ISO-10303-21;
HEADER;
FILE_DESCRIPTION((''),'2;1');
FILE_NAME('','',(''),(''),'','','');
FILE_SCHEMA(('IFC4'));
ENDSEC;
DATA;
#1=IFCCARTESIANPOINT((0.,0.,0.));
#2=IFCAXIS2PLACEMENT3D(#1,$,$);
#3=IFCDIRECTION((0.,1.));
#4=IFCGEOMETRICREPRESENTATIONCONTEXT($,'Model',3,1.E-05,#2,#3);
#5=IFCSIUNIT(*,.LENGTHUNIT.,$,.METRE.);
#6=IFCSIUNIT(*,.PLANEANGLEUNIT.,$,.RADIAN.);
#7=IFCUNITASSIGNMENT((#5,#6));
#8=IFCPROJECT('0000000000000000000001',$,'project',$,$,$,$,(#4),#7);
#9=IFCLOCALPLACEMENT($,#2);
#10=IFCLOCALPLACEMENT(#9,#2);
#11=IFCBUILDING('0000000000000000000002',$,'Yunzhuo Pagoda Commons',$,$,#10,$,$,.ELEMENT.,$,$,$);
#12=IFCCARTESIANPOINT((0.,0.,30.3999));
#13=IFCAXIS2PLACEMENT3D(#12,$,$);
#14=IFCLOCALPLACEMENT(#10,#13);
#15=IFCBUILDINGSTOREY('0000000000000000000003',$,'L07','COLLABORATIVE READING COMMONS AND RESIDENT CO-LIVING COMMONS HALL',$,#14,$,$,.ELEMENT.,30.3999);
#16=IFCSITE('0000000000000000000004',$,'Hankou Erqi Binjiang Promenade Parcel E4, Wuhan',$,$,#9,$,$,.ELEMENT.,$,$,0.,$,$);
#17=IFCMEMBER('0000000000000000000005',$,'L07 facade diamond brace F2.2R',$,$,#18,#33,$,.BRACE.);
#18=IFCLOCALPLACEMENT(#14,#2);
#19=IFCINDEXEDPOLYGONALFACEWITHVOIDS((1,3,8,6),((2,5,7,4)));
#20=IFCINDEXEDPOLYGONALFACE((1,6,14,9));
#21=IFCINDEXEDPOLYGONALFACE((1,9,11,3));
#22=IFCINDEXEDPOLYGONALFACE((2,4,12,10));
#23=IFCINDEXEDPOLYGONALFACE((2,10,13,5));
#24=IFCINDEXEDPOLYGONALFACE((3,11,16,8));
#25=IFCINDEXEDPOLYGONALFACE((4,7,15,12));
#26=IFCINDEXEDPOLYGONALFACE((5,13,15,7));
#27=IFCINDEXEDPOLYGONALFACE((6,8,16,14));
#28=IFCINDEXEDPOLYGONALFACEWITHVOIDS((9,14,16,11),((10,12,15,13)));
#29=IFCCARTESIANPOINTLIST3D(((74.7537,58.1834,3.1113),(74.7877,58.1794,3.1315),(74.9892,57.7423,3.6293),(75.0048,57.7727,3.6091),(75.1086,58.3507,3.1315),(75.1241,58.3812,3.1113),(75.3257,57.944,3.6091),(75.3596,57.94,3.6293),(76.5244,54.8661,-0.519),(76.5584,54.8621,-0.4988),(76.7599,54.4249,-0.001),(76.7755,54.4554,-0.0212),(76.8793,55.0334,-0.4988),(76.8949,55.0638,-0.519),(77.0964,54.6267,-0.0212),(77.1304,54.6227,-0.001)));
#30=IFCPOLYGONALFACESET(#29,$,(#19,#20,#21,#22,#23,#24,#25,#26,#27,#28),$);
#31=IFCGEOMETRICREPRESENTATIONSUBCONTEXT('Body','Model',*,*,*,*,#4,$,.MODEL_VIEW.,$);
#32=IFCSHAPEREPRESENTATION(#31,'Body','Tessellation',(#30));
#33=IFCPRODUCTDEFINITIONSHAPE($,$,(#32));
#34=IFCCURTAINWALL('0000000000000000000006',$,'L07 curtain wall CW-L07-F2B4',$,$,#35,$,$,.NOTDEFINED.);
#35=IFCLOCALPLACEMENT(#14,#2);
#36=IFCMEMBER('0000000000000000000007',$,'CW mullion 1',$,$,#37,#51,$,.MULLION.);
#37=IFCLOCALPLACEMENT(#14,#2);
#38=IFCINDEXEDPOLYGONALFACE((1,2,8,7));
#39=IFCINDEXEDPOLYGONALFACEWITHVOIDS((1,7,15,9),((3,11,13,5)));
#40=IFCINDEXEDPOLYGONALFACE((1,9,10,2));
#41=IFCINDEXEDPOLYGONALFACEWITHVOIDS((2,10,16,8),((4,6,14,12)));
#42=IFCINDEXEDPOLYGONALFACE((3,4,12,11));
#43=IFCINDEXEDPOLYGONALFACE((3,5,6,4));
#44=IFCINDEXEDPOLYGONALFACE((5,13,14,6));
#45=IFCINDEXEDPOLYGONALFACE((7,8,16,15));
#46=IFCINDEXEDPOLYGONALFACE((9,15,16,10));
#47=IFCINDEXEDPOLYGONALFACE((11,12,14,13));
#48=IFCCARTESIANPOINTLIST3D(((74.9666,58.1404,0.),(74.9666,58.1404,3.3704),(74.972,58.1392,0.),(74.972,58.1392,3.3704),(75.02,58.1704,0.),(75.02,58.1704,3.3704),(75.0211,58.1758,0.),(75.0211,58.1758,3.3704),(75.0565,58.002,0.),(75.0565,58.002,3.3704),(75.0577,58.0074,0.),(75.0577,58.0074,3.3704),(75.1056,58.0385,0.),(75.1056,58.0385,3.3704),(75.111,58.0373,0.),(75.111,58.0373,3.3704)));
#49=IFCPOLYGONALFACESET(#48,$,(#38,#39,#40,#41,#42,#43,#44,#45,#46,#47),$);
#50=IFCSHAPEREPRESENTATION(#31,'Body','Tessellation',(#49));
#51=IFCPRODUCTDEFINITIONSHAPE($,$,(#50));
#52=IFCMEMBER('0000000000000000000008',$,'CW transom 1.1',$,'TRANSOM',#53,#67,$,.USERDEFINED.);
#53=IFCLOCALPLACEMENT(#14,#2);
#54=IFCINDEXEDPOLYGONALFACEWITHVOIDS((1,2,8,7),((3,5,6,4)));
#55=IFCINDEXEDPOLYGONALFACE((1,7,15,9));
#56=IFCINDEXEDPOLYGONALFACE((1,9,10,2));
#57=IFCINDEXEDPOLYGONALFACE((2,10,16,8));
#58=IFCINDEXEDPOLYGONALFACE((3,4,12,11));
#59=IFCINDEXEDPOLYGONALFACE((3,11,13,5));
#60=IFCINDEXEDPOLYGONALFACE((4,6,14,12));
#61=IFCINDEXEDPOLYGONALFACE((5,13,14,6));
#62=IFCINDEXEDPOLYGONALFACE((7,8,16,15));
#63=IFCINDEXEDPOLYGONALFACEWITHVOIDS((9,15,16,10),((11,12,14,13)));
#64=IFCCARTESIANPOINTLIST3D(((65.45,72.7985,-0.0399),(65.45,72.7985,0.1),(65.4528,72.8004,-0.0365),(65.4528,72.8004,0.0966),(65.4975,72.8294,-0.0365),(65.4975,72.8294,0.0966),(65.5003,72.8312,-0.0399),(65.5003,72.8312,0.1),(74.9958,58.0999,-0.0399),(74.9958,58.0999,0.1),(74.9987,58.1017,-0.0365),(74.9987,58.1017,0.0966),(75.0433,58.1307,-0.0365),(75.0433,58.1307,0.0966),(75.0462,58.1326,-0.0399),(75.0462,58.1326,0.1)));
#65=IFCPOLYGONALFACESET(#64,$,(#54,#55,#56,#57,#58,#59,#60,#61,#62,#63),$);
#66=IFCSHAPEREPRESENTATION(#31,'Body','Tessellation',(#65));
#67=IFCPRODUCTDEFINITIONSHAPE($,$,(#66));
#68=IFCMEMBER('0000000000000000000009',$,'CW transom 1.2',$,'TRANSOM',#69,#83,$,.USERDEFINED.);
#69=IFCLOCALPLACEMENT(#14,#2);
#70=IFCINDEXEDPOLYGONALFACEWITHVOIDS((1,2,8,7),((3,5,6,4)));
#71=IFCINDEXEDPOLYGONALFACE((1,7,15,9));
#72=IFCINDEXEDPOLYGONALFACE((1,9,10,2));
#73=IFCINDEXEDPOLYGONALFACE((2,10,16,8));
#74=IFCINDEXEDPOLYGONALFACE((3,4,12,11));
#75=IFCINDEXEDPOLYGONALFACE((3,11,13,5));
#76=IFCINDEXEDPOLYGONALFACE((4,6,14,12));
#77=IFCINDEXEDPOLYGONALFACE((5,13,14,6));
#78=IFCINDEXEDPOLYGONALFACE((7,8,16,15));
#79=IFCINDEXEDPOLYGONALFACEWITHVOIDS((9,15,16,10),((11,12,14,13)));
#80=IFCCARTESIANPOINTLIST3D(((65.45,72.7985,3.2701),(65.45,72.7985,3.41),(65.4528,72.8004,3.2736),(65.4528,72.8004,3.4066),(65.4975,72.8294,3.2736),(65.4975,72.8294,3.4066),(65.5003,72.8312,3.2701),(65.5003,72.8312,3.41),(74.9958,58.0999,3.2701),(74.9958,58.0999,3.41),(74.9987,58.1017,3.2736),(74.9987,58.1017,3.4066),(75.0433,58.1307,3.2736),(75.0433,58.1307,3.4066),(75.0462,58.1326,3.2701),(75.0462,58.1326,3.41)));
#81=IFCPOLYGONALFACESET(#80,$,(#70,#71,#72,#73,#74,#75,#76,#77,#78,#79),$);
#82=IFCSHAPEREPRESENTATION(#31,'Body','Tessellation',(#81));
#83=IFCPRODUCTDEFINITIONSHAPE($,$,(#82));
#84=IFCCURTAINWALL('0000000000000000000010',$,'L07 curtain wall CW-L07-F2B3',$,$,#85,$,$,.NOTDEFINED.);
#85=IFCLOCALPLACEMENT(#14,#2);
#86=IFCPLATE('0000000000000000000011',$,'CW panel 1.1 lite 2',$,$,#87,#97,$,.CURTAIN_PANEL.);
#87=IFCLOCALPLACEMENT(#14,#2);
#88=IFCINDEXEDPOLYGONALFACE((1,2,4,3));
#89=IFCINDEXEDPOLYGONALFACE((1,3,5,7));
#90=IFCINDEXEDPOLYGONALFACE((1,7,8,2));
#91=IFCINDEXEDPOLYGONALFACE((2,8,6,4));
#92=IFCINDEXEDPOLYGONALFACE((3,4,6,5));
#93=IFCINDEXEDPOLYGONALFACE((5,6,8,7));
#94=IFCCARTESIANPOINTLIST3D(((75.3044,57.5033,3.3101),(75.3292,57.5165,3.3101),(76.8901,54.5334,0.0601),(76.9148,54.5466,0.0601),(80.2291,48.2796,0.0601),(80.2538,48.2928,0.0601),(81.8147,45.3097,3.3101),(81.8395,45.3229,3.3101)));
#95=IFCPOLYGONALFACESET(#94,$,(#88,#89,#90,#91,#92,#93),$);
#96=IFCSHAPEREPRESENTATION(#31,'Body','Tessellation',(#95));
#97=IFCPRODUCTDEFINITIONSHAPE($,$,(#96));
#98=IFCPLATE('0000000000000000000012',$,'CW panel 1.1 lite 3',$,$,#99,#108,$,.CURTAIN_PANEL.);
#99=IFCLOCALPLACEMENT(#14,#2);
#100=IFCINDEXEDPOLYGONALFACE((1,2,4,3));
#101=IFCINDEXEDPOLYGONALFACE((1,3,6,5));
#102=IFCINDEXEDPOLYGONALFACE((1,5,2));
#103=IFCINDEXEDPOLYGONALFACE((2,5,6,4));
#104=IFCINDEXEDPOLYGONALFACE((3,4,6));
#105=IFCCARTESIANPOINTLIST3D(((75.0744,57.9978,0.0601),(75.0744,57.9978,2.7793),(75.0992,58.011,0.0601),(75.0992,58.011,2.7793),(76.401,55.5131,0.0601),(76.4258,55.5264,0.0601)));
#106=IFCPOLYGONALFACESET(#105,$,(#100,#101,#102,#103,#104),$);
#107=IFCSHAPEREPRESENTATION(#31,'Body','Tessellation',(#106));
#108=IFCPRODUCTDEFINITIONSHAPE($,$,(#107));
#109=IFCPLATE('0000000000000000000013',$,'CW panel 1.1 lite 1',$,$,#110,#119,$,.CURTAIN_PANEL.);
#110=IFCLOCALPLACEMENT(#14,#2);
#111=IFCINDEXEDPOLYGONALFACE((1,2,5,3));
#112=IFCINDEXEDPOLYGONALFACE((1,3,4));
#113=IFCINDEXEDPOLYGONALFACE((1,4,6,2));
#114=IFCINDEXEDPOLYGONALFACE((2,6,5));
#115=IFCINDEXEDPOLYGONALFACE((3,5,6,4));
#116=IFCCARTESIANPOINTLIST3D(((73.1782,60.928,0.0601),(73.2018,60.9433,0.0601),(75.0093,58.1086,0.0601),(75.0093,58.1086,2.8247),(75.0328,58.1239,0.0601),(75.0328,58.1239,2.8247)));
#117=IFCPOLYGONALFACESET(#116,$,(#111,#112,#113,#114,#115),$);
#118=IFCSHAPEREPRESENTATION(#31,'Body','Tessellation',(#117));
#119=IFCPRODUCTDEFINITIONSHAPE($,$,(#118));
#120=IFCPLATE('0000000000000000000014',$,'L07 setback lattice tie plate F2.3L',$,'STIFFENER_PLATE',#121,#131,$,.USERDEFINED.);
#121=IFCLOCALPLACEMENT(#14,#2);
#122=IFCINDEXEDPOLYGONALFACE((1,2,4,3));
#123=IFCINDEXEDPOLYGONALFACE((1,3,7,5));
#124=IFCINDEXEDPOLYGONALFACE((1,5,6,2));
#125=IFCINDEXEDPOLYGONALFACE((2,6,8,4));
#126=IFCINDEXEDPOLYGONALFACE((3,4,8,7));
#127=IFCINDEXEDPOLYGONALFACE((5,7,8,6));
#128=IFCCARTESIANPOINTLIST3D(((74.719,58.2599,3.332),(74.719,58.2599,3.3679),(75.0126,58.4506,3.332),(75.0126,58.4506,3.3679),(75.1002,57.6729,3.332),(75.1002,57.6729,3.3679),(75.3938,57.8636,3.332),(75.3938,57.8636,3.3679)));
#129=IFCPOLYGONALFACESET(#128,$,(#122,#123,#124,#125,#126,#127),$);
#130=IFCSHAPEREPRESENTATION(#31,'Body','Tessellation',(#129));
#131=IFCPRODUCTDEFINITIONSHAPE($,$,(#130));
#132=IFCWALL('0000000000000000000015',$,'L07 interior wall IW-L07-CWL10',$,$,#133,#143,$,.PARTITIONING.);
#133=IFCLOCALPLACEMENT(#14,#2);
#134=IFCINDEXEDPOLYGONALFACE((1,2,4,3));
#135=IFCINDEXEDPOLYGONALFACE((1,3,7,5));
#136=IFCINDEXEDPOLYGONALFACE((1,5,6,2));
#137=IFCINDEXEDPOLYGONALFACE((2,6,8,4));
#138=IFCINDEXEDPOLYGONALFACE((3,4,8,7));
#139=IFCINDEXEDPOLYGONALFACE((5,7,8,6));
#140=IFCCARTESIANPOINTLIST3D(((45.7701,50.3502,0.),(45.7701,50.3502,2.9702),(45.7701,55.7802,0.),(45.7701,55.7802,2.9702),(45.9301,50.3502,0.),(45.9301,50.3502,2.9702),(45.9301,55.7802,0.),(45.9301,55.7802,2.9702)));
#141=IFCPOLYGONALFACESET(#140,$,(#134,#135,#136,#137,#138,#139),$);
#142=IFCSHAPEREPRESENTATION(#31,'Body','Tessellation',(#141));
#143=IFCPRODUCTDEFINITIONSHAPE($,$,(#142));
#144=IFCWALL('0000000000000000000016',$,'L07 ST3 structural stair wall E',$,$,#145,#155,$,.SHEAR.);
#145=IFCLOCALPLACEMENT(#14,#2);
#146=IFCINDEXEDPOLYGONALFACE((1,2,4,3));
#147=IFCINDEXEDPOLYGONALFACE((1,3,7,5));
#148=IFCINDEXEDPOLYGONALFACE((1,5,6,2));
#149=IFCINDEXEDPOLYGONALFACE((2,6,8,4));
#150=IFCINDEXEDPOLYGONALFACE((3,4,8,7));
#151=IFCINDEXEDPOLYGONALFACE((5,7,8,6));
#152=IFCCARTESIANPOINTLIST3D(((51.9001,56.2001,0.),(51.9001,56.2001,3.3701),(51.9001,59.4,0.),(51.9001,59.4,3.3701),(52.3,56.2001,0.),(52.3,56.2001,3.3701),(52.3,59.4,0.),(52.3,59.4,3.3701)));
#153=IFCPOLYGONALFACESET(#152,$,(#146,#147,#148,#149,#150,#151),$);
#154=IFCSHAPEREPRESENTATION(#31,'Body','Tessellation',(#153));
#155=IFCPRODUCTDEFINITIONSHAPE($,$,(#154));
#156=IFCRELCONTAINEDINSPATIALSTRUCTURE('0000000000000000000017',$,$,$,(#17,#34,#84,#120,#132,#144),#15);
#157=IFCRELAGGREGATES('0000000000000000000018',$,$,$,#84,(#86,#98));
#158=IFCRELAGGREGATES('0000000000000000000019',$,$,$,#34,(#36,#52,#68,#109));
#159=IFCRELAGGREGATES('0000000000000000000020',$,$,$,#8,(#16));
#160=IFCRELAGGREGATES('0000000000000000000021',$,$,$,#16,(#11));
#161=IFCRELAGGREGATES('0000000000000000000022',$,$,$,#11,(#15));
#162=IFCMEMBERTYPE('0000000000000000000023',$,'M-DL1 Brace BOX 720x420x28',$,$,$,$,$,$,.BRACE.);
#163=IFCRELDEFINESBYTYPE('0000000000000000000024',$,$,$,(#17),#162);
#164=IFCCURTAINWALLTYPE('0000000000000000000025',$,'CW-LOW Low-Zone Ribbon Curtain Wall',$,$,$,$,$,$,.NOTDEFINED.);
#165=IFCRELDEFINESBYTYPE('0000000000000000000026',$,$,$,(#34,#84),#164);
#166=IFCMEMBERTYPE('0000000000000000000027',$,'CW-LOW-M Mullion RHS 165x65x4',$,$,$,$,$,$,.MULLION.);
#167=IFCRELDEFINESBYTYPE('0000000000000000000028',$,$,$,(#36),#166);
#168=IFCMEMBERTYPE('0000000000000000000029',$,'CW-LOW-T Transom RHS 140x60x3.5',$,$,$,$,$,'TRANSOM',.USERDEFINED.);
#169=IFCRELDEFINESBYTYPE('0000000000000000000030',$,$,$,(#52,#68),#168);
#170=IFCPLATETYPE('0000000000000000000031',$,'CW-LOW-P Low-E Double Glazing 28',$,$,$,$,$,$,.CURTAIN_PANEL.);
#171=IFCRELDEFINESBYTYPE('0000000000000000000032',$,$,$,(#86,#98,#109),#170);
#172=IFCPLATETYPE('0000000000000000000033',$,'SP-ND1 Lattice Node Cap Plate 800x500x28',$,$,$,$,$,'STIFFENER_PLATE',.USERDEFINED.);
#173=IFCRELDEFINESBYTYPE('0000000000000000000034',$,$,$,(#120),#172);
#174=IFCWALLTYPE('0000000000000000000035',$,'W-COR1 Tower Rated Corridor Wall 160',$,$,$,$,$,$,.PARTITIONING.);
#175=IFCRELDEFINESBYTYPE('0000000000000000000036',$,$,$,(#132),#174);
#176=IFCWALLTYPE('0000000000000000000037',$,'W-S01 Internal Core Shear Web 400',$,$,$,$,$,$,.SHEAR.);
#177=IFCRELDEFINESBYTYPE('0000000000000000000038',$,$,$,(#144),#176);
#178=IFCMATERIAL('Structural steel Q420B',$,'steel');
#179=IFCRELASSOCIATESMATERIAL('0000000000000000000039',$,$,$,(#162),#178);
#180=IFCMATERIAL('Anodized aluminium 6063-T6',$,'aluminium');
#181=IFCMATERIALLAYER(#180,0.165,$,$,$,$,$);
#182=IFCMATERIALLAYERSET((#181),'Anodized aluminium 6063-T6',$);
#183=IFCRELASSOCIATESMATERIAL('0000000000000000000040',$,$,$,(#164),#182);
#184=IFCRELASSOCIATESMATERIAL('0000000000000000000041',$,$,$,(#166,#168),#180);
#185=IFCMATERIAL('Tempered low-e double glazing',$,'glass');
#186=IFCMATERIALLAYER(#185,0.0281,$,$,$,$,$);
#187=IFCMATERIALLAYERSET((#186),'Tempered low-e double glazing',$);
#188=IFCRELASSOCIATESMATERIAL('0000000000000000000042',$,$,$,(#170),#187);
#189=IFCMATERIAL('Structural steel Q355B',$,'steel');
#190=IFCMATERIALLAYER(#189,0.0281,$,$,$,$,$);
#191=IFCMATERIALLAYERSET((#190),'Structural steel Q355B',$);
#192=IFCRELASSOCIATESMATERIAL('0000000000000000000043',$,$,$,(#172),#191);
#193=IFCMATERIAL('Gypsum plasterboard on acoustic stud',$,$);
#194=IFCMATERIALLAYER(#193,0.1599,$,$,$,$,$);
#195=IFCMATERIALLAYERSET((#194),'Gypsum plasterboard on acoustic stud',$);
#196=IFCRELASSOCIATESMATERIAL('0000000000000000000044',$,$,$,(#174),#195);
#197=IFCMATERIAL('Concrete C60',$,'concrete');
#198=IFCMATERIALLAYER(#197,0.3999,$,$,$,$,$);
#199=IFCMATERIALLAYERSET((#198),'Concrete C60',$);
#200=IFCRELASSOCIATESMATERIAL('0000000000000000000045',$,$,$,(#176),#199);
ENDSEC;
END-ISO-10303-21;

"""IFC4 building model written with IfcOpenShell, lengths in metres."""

from ifc_helpers import new_model, si_unit, direction, frame, frame_2d, origin, origin_2d, place, context, subcontext, project, spatial, polyline, rectangle, hollow_rectangle, outline, extrude, source, transform, mapped, material, layer, layer_set, material_profile, profile_set, type_object, element, aggregate, save


model = new_model("IFC4")

# Units and contexts
model_context = context("Model", 3, precision=1e-05, world=origin(), true_north=direction((0.0, 1.0)))
body_context = subcontext(model_context, "Body", "Model", "MODEL_VIEW")
ifc_project = project(units=[si_unit("LENGTHUNIT", "METRE"), si_unit("PLANEANGLEUNIT", "RADIAN")], contexts=[model_context])

# Site, building, storey
site_placement = place(None, origin())
site = spatial("IfcSite", under=ifc_project, at=site_placement, Name="Hankou Erqi Binjiang Promenade Parcel E4, Wuhan", CompositionType="ELEMENT", RefElevation=0.0)
building_placement = place(site_placement, origin())
building = spatial("IfcBuilding", under=site, at=building_placement, Name="Yunzhuo Pagoda Commons", CompositionType="ELEMENT")
storey_placement = place(building_placement, frame((0.0, 0.0, 30.3999)))
storey = spatial("IfcBuildingStorey", under=building, at=storey_placement, Name="L07", Description="COLLABORATIVE READING COMMONS AND RESIDENT CO-LIVING COMMONS HALL", CompositionType="ELEMENT", Elevation=30.3999)

# Shared definitions
ifc_material_1 = material(Name="Structural steel Q420B", Category="steel")

# Shared definitions
ifc_material_2 = material(Name="Structural steel Q355B", Category="steel")

# Member
ifc_material_profile_1 = material_profile(ifc_material_1, hollow_rectangle(XDim=0.4199, YDim=0.72, WallThickness=0.0281, at=origin_2d()), Name="Structural steel Q420B")
ifc_profile_set_1 = profile_set([ifc_material_profile_1], Name="Structural steel Q420B")
member_type_1 = type_object("IfcMemberType", Name="M-DL1 Brace BOX 720x420x28", PredefinedType="BRACE", material=ifc_profile_set_1)
shared_shape_1 = source(origin(), body_context, "Body", "SweptSolid", [
    extrude(hollow_rectangle(XDim=0.4199, YDim=0.72, WallThickness=0.0281, at=origin_2d()), origin(), (0.0, 0.0, 1.0), 5.2268),
])
member_1_placement = place(storey_placement, frame((76.8274, 54.7444, -0.26), z_axis=(-0.338779, 0.634678, 0.694559), x_axis=(-0.882189, -0.470895, 0.0)))
element("IfcMember", 1, at=member_1_placement, inside=storey, type_object=member_type_1, Name="L07 facade diamond brace F2.2R", PredefinedType="BRACE", context=body_context, shape_type="MappedRepresentation", body=[
    mapped(shared_shape_1, transform((0.0, 0.0, 0.0), scale=1.0)),
])

# Curtain wall, members
ifc_material_3 = material(Name="Anodized aluminium 6063-T6", Category="aluminium")
ifc_layer_1 = layer(ifc_material_3, 0.165)
ifc_layer_set_1 = layer_set([ifc_layer_1], Name="Anodized aluminium 6063-T6")
curtain_wall_type = type_object("IfcCurtainWallType", Name="CW-LOW Low-Zone Ribbon Curtain Wall", PredefinedType="NOTDEFINED", material=ifc_layer_set_1)
curtain_wall_1_placement = place(storey_placement, origin())
curtain_wall_1 = element("IfcCurtainWall", 2, at=curtain_wall_1_placement, inside=storey, type_object=curtain_wall_type, Name="L07 curtain wall CW-L07-F2B4", PredefinedType="NOTDEFINED")
ifc_material_profile_2 = material_profile(ifc_material_3, hollow_rectangle(XDim=0.0649, YDim=0.165, WallThickness=0.0039, at=origin_2d()), Name="Anodized aluminium 6063-T6")
ifc_profile_set_2 = profile_set([ifc_material_profile_2], Name="Anodized aluminium 6063-T6")
member_type_2 = type_object("IfcMemberType", Name="CW-LOW-M Mullion RHS 165x65x4", PredefinedType="MULLION", material=ifc_profile_set_2)
shared_shape_2 = source(origin(), body_context, "Body", "SweptSolid", [
    extrude(hollow_rectangle(XDim=0.0649, YDim=0.165, WallThickness=0.0039, at=origin_2d()), origin(), (0.0, 0.0, 1.0), 3.3704),
])
member_2_placement = place(storey_placement, frame((75.0388, 58.0889, 0.0), z_axis=(0.0, 0.0, 1.0), x_axis=(-0.838652, -0.544667, 0.0)))
member_2 = element("IfcMember", 3, at=member_2_placement, type_object=member_type_2, Name="CW mullion 1", PredefinedType="MULLION", context=body_context, shape_type="MappedRepresentation", body=[
    mapped(shared_shape_2, transform((0.0, 0.0, 0.0), scale=1.0)),
])
ifc_material_profile_3 = material_profile(ifc_material_3, hollow_rectangle(XDim=0.0601, YDim=0.1399, WallThickness=0.0034, at=origin_2d()), Name="Anodized aluminium 6063-T6")
ifc_profile_set_3 = profile_set([ifc_material_profile_3], Name="Anodized aluminium 6063-T6")
member_type_3 = type_object("IfcMemberType", Name="CW-LOW-T Transom RHS 140x60x3.5", ElementType="TRANSOM", PredefinedType="USERDEFINED", material=ifc_profile_set_3)
shared_shape_3 = source(origin(), body_context, "Body", "SweptSolid", [
    extrude(hollow_rectangle(XDim=0.0601, YDim=0.1399, WallThickness=0.0034, at=origin_2d()), origin(), (0.0, 0.0, 1.0), 17.5264),
])
member_3_placement = place(storey_placement, frame((75.021, 58.1162, 0.03), z_axis=(-0.544656, 0.838659, 0.0), x_axis=(-0.838659, -0.544656, 0.0)))
member_3 = element("IfcMember", 4, at=member_3_placement, type_object=member_type_3, Name="CW transom 1.1", ObjectType="TRANSOM", PredefinedType="USERDEFINED", context=body_context, shape_type="MappedRepresentation", body=[
    mapped(shared_shape_3, transform((0.0, 0.0, 0.0), scale=1.0)),
])
member_4_placement = place(storey_placement, frame((75.021, 58.1162, 3.3401), z_axis=(-0.544656, 0.838659, 0.0), x_axis=(-0.838659, -0.544656, 0.0)))
member_4 = element("IfcMember", 5, at=member_4_placement, type_object=member_type_3, Name="CW transom 1.2", ObjectType="TRANSOM", PredefinedType="USERDEFINED", context=body_context, shape_type="MappedRepresentation", body=[
    mapped(shared_shape_3, transform((0.0, 0.0, 0.0), scale=1.0)),
])

# Curtain wall, plates
curtain_wall_2_placement = place(storey_placement, origin())
curtain_wall_2 = element("IfcCurtainWall", 6, at=curtain_wall_2_placement, inside=storey, type_object=curtain_wall_type, Name="L07 curtain wall CW-L07-F2B3", PredefinedType="NOTDEFINED")
ifc_material_4 = material(Name="Tempered low-e double glazing", Category="glass")
ifc_layer_2 = layer(ifc_material_4, 0.0281)
ifc_layer_set_2 = layer_set([ifc_layer_2], Name="Tempered low-e double glazing")
plate_type_1 = type_object("IfcPlateType", Name="CW-LOW-P Low-E Double Glazing 28", PredefinedType="CURTAIN_PANEL", material=ifc_layer_set_2)
plate_1_placement = place(storey_placement, frame((78.5596, 51.4065, 1.6851), z_axis=(0.882141, 0.470985, 0.0), x_axis=(-0.470985, 0.882141, 0.0)))
plate_1 = element("IfcPlate", 7, at=plate_1_placement, type_object=plate_type_1, Name="CW panel 1.1 lite 2", PredefinedType="CURTAIN_PANEL", context=body_context, shape_type="SweptSolid", body=[
    extrude(outline(polyline([(-6.9114, 1.625), (-3.5447, -1.625), (3.5447, -1.625), (6.9114, 1.625), (-6.9114, 1.625)])), origin(), (0.0, 0.0, 1.0), 0.0281),
])
plate_2_placement = place(storey_placement, frame((75.7378, 56.7554, 1.4197), z_axis=(0.882141, 0.470985, 0.0), x_axis=(-0.470985, 0.882141, 0.0)))
plate_2 = element("IfcPlate", 8, at=plate_2_placement, type_object=plate_type_1, Name="CW panel 1.1 lite 3", PredefinedType="CURTAIN_PANEL", context=body_context, shape_type="SweptSolid", body=[
    extrude(outline(polyline([(-1.4082, -1.3596), (1.4084, -1.3596), (1.4084, 1.3596), (-1.4082, -1.3596)])), origin(), (0.0, 0.0, 1.0), 0.0281),
])
aggregate(curtain_wall_2, [plate_1, plate_2])

# Plates
plate_3_placement = place(storey_placement, frame((74.0938, 59.5183, 1.4424), z_axis=(0.838652, 0.544667, 0.0), x_axis=(-0.544667, 0.838652, 0.0)))
plate_3 = element("IfcPlate", 9, at=plate_3_placement, type_object=plate_type_1, Name="CW panel 1.1 lite 1", PredefinedType="CURTAIN_PANEL", context=body_context, shape_type="SweptSolid", body=[
    extrude(outline(polyline([(-1.6809, -1.3823), (1.6809, -1.3823), (-1.6809, 1.3823), (-1.6809, -1.3823)])), origin(), (0.0, 0.0, 1.0), 0.0281),
])
aggregate(curtain_wall_1, [member_2, member_3, member_4, plate_3])
ifc_layer_3 = layer(ifc_material_2, 0.0281)
ifc_layer_set_3 = layer_set([ifc_layer_3], Name="Structural steel Q355B")
plate_type_2 = type_object("IfcPlateType", Name="SP-ND1 Lattice Node Cap Plate 800x500x28", ElementType="STIFFENER_PLATE", PredefinedType="USERDEFINED", material=ifc_layer_set_3)
shared_shape_4 = source(origin(), body_context, "Body", "SweptSolid", [
    extrude(rectangle(XDim=0.7, YDim=0.3501, at=origin_2d()), origin(), (0.0, 0.0, 1.0), 0.0359),
])
plate_4_placement = place(storey_placement, frame((75.0564, 58.0618, 3.332), z_axis=(0.0, 0.0, 1.0), x_axis=(-0.544668, 0.838652, 0.0)))
element("IfcPlate", 10, at=plate_4_placement, inside=storey, type_object=plate_type_2, Name="L07 setback lattice tie plate F2.3L", ObjectType="STIFFENER_PLATE", PredefinedType="USERDEFINED", context=body_context, shape_type="MappedRepresentation", body=[
    mapped(shared_shape_4, transform((0.0, 0.0, 0.0), scale=1.0)),
])

# Walls
ifc_material_5 = material(Name="Gypsum plasterboard on acoustic stud")
ifc_layer_4 = layer(ifc_material_5, 0.1599)
ifc_layer_set_4 = layer_set([ifc_layer_4], Name="Gypsum plasterboard on acoustic stud")
wall_type_1 = type_object("IfcWallType", Name="W-COR1 Tower Rated Corridor Wall 160", PredefinedType="PARTITIONING", material=ifc_layer_set_4)
wall_1_placement = place(storey_placement, frame((45.8501, 55.78, 0.0), z_axis=(0.0, 0.0, 1.0), x_axis=(0.0, -1.0, 0.0)))
element("IfcWall", 11, at=wall_1_placement, inside=storey, type_object=wall_type_1, Name="L07 interior wall IW-L07-CWL10", PredefinedType="PARTITIONING", context=body_context, shape_type="SweptSolid", body=[
    extrude(rectangle(XDim=5.4299, YDim=0.1599, at=frame_2d((2.7148, 0.0))), origin(), (0.0, 0.0, 1.0), 2.9702),
])
ifc_material_6 = material(Name="Concrete C60", Category="concrete")
ifc_layer_5 = layer(ifc_material_6, 0.3999)
ifc_layer_set_5 = layer_set([ifc_layer_5], Name="Concrete C60")
wall_type_2 = type_object("IfcWallType", Name="W-S01 Internal Core Shear Web 400", PredefinedType="SHEAR", material=ifc_layer_set_5)
wall_2_placement = place(storey_placement, frame((52.1001, 56.2, 0.0), z_axis=(0.0, 0.0, 1.0), x_axis=(0.0, 1.0, 0.0)))
element("IfcWall", 12, at=wall_2_placement, inside=storey, type_object=wall_type_2, Name="L07 ST3 structural stair wall E", PredefinedType="SHEAR", context=body_context, shape_type="SweptSolid", body=[
    extrude(rectangle(XDim=3.2, YDim=0.3999, at=frame_2d((1.6001, 0.0))), origin(), (0.0, 0.0, 1.0), 3.3701),
])

save(model, "model.ifc")
